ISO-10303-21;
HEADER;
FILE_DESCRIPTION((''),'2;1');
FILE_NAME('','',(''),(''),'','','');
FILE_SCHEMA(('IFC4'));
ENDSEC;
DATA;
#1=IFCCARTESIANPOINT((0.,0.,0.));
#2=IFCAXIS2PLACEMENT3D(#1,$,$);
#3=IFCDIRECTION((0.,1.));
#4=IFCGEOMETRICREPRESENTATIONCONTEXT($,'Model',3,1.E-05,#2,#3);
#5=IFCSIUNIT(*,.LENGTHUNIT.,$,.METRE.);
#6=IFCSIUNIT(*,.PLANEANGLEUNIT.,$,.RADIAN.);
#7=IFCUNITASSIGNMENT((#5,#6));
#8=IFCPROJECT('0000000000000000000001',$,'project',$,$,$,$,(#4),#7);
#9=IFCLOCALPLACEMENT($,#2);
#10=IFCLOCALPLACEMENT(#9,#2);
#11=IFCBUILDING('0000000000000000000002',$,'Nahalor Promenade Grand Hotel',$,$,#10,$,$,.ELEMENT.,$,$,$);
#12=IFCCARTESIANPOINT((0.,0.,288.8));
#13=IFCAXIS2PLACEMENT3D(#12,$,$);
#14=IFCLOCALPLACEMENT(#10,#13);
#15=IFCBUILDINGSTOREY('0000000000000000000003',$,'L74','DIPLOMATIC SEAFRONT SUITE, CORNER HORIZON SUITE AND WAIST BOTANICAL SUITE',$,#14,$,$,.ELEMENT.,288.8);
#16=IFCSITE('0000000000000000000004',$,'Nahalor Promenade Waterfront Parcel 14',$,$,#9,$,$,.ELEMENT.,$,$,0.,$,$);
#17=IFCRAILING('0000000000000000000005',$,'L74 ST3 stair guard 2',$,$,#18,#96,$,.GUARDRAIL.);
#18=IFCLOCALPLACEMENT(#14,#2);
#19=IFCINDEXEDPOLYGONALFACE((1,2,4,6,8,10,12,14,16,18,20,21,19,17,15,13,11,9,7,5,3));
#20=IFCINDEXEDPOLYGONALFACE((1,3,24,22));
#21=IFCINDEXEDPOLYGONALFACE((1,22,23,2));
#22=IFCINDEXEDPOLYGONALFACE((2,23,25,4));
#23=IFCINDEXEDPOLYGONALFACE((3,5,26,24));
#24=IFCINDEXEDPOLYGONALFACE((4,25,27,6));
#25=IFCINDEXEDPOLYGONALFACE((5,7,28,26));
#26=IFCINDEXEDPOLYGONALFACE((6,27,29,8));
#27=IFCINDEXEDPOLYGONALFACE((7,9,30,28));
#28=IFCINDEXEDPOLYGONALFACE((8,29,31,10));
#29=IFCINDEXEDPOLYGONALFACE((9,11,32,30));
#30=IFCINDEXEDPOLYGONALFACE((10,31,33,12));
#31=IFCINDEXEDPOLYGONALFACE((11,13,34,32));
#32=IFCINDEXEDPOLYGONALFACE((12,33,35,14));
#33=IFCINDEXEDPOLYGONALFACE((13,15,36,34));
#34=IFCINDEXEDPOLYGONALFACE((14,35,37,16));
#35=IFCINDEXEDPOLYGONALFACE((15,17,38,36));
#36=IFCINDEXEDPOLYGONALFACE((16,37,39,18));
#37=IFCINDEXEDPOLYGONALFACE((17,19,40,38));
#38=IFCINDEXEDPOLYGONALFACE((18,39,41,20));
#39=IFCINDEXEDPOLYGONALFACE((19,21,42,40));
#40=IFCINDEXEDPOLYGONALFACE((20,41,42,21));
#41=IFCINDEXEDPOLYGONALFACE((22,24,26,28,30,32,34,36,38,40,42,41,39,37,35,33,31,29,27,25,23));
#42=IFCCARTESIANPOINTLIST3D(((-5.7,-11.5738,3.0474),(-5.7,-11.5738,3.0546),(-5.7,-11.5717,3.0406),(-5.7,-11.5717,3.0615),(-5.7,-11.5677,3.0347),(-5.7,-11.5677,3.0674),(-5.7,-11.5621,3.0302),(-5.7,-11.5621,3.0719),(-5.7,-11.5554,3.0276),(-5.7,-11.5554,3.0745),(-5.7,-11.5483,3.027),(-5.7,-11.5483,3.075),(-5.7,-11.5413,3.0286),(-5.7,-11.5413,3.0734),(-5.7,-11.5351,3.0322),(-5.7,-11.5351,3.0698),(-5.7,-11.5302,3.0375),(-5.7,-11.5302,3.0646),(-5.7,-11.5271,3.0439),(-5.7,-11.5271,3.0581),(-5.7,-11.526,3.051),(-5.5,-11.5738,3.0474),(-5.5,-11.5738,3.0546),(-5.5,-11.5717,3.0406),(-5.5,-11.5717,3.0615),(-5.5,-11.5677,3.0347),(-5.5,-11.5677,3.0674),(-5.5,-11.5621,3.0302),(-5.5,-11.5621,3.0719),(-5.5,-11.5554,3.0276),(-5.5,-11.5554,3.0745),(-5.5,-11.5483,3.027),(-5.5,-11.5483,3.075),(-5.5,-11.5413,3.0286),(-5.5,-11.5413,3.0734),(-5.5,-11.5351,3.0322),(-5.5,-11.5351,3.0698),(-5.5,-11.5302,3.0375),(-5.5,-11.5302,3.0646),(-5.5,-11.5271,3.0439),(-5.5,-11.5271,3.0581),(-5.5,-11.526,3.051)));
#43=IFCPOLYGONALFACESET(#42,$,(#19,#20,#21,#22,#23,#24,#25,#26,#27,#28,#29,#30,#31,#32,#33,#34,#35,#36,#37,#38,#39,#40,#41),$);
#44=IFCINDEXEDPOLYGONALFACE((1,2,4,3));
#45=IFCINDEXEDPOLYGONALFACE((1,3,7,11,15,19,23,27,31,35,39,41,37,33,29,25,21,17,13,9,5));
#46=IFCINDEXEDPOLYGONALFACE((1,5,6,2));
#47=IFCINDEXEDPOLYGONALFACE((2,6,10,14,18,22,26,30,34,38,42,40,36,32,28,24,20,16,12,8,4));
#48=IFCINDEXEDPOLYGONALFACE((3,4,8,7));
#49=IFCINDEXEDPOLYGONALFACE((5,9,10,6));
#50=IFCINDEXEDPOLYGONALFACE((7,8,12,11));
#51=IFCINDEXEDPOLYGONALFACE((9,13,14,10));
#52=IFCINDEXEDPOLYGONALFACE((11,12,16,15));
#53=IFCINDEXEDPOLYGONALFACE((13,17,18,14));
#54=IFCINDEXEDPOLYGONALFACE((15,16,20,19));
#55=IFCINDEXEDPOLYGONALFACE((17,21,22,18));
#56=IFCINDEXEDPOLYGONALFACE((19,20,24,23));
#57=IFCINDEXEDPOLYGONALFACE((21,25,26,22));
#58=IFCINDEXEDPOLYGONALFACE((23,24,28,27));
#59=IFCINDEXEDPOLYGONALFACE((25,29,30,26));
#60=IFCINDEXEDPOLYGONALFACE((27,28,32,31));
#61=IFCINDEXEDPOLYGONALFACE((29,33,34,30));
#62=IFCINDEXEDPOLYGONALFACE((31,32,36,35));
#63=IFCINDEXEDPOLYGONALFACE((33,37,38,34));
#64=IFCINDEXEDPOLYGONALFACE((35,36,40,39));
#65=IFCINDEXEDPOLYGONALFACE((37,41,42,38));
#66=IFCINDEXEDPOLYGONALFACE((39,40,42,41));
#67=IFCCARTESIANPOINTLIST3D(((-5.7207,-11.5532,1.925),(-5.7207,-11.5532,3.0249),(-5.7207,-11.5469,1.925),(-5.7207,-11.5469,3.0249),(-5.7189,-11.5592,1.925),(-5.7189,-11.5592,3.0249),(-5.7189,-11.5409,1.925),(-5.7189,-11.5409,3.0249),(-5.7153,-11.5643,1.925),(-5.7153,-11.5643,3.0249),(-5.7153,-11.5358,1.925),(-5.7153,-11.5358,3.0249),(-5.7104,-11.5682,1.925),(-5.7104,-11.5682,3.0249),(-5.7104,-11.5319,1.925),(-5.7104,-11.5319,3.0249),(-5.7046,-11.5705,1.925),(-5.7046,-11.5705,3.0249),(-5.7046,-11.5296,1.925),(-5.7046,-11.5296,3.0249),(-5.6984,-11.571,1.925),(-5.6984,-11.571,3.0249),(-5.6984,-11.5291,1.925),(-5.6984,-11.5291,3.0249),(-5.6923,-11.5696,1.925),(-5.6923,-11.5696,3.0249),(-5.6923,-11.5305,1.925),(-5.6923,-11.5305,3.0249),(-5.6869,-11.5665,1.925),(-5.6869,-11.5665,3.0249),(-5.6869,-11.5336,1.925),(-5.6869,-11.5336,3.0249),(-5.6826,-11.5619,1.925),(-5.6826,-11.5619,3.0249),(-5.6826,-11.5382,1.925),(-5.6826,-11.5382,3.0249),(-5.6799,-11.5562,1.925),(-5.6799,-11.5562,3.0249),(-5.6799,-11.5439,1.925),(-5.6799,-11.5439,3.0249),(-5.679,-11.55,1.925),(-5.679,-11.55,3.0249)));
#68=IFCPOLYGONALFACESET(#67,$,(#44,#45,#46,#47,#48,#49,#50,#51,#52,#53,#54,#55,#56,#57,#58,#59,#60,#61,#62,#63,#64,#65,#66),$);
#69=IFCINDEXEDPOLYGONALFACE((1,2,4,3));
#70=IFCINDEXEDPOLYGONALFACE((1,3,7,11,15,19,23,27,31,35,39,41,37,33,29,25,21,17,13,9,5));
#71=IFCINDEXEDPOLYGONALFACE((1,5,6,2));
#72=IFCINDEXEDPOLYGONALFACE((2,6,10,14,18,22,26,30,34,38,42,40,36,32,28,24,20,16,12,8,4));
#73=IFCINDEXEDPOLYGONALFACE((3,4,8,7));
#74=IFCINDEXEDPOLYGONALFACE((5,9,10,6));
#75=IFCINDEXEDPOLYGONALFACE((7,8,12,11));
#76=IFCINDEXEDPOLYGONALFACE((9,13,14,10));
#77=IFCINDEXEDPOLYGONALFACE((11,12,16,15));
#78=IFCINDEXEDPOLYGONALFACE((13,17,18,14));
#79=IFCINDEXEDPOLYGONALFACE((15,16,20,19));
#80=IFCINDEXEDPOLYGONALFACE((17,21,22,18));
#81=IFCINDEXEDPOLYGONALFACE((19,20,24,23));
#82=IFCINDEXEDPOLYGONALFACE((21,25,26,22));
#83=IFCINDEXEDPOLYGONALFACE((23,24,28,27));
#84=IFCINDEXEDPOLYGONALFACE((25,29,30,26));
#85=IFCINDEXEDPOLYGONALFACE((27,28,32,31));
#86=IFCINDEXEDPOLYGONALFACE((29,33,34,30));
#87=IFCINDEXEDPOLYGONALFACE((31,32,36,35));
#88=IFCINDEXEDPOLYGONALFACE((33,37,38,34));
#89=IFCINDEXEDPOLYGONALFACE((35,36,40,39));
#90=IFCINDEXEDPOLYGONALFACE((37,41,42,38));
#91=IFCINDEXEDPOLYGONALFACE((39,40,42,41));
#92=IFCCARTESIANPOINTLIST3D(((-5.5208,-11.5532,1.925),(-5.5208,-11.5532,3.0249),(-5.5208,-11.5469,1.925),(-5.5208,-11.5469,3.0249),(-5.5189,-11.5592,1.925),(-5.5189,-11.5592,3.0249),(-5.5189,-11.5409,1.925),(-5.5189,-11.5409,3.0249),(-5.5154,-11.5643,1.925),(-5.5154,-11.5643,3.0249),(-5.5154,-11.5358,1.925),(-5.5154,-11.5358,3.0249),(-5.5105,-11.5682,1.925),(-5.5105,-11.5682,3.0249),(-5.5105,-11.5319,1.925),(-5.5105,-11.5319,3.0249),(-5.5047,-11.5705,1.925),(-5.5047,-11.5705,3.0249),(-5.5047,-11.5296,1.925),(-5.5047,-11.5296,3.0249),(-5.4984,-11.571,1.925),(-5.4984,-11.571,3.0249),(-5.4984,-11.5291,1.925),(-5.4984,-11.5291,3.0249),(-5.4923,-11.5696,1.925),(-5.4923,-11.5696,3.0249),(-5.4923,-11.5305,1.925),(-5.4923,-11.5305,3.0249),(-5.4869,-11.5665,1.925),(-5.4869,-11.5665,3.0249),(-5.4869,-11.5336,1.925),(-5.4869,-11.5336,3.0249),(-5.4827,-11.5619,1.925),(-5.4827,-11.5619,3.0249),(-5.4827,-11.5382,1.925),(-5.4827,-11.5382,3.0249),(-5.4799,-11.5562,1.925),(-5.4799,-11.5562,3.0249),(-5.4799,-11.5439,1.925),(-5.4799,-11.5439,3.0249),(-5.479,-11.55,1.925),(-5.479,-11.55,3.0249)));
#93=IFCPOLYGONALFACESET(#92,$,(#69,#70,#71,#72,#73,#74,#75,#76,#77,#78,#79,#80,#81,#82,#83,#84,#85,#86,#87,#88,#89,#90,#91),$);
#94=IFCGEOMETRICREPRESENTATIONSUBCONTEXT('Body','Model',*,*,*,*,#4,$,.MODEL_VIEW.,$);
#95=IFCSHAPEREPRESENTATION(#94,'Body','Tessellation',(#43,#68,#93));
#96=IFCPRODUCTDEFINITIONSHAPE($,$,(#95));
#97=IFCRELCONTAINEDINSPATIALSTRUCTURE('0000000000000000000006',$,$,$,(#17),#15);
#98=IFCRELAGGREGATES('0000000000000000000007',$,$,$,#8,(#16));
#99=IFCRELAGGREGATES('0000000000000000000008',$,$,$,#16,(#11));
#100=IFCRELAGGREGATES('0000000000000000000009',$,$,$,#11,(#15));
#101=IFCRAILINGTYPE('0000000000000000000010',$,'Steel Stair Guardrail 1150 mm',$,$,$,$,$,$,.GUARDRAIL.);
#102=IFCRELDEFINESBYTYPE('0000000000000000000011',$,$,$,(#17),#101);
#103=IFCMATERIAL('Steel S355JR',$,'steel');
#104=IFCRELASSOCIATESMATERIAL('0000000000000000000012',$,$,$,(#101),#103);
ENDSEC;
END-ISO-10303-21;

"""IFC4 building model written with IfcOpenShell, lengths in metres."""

from ifc_helpers import new_model, si_unit, direction, frame, origin, origin_2d, place, context, subcontext, project, spatial, circle, extrude, material, type_object, element, save


model = new_model("IFC4")

# Units and contexts
model_context = context("Model", 3, precision=1e-05, world=origin(), true_north=direction((0.0, 1.0)))
body_context = subcontext(model_context, "Body", "Model", "MODEL_VIEW")
ifc_project = project(units=[si_unit("LENGTHUNIT", "METRE"), si_unit("PLANEANGLEUNIT", "RADIAN")], contexts=[model_context])

# Site, building, storey
site_placement = place(None, origin())
site = spatial("IfcSite", under=ifc_project, at=site_placement, Name="Nahalor Promenade Waterfront Parcel 14", CompositionType="ELEMENT", RefElevation=0.0)
building_placement = place(site_placement, origin())
building = spatial("IfcBuilding", under=site, at=building_placement, Name="Nahalor Promenade Grand Hotel", CompositionType="ELEMENT")
storey_placement = place(building_placement, frame((0.0, 0.0, 288.8)))
storey = spatial("IfcBuildingStorey", under=building, at=storey_placement, Name="L74", Description="DIPLOMATIC SEAFRONT SUITE, CORNER HORIZON SUITE AND WAIST BOTANICAL SUITE", CompositionType="ELEMENT", Elevation=288.8)

# Shared definitions
ifc_material_1 = material(Name="Steel S355JR", Category="steel")

# Railing
railing_type_1 = type_object("IfcRailingType", Name="Steel Stair Guardrail 1150 mm", PredefinedType="GUARDRAIL", material=ifc_material_1)
railing_1_placement = place(storey_placement, frame((-5.7, -11.55, 1.925)))
element("IfcRailing", 1, at=railing_1_placement, inside=storey, type_object=railing_type_1, Name="L74 ST3 stair guard 2", PredefinedType="GUARDRAIL", context=body_context, shape_type="SweptSolid", body=[
    extrude(circle(Radius=0.024, at=origin_2d()), frame((0.0, 0.0, 1.126), z_axis=(1.0, 0.0, 0.0), x_axis=(0.0, 1.0, 0.0)), (0.0, 0.0, 1.0), 0.2),
    extrude(circle(Radius=0.021, at=origin_2d()), origin(), (0.0, 0.0, 1.0), 1.0999),
    extrude(circle(Radius=0.021, at=origin_2d()), frame((0.2, 0.0, 0.0)), (0.0, 0.0, 1.0), 1.0999),
])

save(model, "model.ifc")
